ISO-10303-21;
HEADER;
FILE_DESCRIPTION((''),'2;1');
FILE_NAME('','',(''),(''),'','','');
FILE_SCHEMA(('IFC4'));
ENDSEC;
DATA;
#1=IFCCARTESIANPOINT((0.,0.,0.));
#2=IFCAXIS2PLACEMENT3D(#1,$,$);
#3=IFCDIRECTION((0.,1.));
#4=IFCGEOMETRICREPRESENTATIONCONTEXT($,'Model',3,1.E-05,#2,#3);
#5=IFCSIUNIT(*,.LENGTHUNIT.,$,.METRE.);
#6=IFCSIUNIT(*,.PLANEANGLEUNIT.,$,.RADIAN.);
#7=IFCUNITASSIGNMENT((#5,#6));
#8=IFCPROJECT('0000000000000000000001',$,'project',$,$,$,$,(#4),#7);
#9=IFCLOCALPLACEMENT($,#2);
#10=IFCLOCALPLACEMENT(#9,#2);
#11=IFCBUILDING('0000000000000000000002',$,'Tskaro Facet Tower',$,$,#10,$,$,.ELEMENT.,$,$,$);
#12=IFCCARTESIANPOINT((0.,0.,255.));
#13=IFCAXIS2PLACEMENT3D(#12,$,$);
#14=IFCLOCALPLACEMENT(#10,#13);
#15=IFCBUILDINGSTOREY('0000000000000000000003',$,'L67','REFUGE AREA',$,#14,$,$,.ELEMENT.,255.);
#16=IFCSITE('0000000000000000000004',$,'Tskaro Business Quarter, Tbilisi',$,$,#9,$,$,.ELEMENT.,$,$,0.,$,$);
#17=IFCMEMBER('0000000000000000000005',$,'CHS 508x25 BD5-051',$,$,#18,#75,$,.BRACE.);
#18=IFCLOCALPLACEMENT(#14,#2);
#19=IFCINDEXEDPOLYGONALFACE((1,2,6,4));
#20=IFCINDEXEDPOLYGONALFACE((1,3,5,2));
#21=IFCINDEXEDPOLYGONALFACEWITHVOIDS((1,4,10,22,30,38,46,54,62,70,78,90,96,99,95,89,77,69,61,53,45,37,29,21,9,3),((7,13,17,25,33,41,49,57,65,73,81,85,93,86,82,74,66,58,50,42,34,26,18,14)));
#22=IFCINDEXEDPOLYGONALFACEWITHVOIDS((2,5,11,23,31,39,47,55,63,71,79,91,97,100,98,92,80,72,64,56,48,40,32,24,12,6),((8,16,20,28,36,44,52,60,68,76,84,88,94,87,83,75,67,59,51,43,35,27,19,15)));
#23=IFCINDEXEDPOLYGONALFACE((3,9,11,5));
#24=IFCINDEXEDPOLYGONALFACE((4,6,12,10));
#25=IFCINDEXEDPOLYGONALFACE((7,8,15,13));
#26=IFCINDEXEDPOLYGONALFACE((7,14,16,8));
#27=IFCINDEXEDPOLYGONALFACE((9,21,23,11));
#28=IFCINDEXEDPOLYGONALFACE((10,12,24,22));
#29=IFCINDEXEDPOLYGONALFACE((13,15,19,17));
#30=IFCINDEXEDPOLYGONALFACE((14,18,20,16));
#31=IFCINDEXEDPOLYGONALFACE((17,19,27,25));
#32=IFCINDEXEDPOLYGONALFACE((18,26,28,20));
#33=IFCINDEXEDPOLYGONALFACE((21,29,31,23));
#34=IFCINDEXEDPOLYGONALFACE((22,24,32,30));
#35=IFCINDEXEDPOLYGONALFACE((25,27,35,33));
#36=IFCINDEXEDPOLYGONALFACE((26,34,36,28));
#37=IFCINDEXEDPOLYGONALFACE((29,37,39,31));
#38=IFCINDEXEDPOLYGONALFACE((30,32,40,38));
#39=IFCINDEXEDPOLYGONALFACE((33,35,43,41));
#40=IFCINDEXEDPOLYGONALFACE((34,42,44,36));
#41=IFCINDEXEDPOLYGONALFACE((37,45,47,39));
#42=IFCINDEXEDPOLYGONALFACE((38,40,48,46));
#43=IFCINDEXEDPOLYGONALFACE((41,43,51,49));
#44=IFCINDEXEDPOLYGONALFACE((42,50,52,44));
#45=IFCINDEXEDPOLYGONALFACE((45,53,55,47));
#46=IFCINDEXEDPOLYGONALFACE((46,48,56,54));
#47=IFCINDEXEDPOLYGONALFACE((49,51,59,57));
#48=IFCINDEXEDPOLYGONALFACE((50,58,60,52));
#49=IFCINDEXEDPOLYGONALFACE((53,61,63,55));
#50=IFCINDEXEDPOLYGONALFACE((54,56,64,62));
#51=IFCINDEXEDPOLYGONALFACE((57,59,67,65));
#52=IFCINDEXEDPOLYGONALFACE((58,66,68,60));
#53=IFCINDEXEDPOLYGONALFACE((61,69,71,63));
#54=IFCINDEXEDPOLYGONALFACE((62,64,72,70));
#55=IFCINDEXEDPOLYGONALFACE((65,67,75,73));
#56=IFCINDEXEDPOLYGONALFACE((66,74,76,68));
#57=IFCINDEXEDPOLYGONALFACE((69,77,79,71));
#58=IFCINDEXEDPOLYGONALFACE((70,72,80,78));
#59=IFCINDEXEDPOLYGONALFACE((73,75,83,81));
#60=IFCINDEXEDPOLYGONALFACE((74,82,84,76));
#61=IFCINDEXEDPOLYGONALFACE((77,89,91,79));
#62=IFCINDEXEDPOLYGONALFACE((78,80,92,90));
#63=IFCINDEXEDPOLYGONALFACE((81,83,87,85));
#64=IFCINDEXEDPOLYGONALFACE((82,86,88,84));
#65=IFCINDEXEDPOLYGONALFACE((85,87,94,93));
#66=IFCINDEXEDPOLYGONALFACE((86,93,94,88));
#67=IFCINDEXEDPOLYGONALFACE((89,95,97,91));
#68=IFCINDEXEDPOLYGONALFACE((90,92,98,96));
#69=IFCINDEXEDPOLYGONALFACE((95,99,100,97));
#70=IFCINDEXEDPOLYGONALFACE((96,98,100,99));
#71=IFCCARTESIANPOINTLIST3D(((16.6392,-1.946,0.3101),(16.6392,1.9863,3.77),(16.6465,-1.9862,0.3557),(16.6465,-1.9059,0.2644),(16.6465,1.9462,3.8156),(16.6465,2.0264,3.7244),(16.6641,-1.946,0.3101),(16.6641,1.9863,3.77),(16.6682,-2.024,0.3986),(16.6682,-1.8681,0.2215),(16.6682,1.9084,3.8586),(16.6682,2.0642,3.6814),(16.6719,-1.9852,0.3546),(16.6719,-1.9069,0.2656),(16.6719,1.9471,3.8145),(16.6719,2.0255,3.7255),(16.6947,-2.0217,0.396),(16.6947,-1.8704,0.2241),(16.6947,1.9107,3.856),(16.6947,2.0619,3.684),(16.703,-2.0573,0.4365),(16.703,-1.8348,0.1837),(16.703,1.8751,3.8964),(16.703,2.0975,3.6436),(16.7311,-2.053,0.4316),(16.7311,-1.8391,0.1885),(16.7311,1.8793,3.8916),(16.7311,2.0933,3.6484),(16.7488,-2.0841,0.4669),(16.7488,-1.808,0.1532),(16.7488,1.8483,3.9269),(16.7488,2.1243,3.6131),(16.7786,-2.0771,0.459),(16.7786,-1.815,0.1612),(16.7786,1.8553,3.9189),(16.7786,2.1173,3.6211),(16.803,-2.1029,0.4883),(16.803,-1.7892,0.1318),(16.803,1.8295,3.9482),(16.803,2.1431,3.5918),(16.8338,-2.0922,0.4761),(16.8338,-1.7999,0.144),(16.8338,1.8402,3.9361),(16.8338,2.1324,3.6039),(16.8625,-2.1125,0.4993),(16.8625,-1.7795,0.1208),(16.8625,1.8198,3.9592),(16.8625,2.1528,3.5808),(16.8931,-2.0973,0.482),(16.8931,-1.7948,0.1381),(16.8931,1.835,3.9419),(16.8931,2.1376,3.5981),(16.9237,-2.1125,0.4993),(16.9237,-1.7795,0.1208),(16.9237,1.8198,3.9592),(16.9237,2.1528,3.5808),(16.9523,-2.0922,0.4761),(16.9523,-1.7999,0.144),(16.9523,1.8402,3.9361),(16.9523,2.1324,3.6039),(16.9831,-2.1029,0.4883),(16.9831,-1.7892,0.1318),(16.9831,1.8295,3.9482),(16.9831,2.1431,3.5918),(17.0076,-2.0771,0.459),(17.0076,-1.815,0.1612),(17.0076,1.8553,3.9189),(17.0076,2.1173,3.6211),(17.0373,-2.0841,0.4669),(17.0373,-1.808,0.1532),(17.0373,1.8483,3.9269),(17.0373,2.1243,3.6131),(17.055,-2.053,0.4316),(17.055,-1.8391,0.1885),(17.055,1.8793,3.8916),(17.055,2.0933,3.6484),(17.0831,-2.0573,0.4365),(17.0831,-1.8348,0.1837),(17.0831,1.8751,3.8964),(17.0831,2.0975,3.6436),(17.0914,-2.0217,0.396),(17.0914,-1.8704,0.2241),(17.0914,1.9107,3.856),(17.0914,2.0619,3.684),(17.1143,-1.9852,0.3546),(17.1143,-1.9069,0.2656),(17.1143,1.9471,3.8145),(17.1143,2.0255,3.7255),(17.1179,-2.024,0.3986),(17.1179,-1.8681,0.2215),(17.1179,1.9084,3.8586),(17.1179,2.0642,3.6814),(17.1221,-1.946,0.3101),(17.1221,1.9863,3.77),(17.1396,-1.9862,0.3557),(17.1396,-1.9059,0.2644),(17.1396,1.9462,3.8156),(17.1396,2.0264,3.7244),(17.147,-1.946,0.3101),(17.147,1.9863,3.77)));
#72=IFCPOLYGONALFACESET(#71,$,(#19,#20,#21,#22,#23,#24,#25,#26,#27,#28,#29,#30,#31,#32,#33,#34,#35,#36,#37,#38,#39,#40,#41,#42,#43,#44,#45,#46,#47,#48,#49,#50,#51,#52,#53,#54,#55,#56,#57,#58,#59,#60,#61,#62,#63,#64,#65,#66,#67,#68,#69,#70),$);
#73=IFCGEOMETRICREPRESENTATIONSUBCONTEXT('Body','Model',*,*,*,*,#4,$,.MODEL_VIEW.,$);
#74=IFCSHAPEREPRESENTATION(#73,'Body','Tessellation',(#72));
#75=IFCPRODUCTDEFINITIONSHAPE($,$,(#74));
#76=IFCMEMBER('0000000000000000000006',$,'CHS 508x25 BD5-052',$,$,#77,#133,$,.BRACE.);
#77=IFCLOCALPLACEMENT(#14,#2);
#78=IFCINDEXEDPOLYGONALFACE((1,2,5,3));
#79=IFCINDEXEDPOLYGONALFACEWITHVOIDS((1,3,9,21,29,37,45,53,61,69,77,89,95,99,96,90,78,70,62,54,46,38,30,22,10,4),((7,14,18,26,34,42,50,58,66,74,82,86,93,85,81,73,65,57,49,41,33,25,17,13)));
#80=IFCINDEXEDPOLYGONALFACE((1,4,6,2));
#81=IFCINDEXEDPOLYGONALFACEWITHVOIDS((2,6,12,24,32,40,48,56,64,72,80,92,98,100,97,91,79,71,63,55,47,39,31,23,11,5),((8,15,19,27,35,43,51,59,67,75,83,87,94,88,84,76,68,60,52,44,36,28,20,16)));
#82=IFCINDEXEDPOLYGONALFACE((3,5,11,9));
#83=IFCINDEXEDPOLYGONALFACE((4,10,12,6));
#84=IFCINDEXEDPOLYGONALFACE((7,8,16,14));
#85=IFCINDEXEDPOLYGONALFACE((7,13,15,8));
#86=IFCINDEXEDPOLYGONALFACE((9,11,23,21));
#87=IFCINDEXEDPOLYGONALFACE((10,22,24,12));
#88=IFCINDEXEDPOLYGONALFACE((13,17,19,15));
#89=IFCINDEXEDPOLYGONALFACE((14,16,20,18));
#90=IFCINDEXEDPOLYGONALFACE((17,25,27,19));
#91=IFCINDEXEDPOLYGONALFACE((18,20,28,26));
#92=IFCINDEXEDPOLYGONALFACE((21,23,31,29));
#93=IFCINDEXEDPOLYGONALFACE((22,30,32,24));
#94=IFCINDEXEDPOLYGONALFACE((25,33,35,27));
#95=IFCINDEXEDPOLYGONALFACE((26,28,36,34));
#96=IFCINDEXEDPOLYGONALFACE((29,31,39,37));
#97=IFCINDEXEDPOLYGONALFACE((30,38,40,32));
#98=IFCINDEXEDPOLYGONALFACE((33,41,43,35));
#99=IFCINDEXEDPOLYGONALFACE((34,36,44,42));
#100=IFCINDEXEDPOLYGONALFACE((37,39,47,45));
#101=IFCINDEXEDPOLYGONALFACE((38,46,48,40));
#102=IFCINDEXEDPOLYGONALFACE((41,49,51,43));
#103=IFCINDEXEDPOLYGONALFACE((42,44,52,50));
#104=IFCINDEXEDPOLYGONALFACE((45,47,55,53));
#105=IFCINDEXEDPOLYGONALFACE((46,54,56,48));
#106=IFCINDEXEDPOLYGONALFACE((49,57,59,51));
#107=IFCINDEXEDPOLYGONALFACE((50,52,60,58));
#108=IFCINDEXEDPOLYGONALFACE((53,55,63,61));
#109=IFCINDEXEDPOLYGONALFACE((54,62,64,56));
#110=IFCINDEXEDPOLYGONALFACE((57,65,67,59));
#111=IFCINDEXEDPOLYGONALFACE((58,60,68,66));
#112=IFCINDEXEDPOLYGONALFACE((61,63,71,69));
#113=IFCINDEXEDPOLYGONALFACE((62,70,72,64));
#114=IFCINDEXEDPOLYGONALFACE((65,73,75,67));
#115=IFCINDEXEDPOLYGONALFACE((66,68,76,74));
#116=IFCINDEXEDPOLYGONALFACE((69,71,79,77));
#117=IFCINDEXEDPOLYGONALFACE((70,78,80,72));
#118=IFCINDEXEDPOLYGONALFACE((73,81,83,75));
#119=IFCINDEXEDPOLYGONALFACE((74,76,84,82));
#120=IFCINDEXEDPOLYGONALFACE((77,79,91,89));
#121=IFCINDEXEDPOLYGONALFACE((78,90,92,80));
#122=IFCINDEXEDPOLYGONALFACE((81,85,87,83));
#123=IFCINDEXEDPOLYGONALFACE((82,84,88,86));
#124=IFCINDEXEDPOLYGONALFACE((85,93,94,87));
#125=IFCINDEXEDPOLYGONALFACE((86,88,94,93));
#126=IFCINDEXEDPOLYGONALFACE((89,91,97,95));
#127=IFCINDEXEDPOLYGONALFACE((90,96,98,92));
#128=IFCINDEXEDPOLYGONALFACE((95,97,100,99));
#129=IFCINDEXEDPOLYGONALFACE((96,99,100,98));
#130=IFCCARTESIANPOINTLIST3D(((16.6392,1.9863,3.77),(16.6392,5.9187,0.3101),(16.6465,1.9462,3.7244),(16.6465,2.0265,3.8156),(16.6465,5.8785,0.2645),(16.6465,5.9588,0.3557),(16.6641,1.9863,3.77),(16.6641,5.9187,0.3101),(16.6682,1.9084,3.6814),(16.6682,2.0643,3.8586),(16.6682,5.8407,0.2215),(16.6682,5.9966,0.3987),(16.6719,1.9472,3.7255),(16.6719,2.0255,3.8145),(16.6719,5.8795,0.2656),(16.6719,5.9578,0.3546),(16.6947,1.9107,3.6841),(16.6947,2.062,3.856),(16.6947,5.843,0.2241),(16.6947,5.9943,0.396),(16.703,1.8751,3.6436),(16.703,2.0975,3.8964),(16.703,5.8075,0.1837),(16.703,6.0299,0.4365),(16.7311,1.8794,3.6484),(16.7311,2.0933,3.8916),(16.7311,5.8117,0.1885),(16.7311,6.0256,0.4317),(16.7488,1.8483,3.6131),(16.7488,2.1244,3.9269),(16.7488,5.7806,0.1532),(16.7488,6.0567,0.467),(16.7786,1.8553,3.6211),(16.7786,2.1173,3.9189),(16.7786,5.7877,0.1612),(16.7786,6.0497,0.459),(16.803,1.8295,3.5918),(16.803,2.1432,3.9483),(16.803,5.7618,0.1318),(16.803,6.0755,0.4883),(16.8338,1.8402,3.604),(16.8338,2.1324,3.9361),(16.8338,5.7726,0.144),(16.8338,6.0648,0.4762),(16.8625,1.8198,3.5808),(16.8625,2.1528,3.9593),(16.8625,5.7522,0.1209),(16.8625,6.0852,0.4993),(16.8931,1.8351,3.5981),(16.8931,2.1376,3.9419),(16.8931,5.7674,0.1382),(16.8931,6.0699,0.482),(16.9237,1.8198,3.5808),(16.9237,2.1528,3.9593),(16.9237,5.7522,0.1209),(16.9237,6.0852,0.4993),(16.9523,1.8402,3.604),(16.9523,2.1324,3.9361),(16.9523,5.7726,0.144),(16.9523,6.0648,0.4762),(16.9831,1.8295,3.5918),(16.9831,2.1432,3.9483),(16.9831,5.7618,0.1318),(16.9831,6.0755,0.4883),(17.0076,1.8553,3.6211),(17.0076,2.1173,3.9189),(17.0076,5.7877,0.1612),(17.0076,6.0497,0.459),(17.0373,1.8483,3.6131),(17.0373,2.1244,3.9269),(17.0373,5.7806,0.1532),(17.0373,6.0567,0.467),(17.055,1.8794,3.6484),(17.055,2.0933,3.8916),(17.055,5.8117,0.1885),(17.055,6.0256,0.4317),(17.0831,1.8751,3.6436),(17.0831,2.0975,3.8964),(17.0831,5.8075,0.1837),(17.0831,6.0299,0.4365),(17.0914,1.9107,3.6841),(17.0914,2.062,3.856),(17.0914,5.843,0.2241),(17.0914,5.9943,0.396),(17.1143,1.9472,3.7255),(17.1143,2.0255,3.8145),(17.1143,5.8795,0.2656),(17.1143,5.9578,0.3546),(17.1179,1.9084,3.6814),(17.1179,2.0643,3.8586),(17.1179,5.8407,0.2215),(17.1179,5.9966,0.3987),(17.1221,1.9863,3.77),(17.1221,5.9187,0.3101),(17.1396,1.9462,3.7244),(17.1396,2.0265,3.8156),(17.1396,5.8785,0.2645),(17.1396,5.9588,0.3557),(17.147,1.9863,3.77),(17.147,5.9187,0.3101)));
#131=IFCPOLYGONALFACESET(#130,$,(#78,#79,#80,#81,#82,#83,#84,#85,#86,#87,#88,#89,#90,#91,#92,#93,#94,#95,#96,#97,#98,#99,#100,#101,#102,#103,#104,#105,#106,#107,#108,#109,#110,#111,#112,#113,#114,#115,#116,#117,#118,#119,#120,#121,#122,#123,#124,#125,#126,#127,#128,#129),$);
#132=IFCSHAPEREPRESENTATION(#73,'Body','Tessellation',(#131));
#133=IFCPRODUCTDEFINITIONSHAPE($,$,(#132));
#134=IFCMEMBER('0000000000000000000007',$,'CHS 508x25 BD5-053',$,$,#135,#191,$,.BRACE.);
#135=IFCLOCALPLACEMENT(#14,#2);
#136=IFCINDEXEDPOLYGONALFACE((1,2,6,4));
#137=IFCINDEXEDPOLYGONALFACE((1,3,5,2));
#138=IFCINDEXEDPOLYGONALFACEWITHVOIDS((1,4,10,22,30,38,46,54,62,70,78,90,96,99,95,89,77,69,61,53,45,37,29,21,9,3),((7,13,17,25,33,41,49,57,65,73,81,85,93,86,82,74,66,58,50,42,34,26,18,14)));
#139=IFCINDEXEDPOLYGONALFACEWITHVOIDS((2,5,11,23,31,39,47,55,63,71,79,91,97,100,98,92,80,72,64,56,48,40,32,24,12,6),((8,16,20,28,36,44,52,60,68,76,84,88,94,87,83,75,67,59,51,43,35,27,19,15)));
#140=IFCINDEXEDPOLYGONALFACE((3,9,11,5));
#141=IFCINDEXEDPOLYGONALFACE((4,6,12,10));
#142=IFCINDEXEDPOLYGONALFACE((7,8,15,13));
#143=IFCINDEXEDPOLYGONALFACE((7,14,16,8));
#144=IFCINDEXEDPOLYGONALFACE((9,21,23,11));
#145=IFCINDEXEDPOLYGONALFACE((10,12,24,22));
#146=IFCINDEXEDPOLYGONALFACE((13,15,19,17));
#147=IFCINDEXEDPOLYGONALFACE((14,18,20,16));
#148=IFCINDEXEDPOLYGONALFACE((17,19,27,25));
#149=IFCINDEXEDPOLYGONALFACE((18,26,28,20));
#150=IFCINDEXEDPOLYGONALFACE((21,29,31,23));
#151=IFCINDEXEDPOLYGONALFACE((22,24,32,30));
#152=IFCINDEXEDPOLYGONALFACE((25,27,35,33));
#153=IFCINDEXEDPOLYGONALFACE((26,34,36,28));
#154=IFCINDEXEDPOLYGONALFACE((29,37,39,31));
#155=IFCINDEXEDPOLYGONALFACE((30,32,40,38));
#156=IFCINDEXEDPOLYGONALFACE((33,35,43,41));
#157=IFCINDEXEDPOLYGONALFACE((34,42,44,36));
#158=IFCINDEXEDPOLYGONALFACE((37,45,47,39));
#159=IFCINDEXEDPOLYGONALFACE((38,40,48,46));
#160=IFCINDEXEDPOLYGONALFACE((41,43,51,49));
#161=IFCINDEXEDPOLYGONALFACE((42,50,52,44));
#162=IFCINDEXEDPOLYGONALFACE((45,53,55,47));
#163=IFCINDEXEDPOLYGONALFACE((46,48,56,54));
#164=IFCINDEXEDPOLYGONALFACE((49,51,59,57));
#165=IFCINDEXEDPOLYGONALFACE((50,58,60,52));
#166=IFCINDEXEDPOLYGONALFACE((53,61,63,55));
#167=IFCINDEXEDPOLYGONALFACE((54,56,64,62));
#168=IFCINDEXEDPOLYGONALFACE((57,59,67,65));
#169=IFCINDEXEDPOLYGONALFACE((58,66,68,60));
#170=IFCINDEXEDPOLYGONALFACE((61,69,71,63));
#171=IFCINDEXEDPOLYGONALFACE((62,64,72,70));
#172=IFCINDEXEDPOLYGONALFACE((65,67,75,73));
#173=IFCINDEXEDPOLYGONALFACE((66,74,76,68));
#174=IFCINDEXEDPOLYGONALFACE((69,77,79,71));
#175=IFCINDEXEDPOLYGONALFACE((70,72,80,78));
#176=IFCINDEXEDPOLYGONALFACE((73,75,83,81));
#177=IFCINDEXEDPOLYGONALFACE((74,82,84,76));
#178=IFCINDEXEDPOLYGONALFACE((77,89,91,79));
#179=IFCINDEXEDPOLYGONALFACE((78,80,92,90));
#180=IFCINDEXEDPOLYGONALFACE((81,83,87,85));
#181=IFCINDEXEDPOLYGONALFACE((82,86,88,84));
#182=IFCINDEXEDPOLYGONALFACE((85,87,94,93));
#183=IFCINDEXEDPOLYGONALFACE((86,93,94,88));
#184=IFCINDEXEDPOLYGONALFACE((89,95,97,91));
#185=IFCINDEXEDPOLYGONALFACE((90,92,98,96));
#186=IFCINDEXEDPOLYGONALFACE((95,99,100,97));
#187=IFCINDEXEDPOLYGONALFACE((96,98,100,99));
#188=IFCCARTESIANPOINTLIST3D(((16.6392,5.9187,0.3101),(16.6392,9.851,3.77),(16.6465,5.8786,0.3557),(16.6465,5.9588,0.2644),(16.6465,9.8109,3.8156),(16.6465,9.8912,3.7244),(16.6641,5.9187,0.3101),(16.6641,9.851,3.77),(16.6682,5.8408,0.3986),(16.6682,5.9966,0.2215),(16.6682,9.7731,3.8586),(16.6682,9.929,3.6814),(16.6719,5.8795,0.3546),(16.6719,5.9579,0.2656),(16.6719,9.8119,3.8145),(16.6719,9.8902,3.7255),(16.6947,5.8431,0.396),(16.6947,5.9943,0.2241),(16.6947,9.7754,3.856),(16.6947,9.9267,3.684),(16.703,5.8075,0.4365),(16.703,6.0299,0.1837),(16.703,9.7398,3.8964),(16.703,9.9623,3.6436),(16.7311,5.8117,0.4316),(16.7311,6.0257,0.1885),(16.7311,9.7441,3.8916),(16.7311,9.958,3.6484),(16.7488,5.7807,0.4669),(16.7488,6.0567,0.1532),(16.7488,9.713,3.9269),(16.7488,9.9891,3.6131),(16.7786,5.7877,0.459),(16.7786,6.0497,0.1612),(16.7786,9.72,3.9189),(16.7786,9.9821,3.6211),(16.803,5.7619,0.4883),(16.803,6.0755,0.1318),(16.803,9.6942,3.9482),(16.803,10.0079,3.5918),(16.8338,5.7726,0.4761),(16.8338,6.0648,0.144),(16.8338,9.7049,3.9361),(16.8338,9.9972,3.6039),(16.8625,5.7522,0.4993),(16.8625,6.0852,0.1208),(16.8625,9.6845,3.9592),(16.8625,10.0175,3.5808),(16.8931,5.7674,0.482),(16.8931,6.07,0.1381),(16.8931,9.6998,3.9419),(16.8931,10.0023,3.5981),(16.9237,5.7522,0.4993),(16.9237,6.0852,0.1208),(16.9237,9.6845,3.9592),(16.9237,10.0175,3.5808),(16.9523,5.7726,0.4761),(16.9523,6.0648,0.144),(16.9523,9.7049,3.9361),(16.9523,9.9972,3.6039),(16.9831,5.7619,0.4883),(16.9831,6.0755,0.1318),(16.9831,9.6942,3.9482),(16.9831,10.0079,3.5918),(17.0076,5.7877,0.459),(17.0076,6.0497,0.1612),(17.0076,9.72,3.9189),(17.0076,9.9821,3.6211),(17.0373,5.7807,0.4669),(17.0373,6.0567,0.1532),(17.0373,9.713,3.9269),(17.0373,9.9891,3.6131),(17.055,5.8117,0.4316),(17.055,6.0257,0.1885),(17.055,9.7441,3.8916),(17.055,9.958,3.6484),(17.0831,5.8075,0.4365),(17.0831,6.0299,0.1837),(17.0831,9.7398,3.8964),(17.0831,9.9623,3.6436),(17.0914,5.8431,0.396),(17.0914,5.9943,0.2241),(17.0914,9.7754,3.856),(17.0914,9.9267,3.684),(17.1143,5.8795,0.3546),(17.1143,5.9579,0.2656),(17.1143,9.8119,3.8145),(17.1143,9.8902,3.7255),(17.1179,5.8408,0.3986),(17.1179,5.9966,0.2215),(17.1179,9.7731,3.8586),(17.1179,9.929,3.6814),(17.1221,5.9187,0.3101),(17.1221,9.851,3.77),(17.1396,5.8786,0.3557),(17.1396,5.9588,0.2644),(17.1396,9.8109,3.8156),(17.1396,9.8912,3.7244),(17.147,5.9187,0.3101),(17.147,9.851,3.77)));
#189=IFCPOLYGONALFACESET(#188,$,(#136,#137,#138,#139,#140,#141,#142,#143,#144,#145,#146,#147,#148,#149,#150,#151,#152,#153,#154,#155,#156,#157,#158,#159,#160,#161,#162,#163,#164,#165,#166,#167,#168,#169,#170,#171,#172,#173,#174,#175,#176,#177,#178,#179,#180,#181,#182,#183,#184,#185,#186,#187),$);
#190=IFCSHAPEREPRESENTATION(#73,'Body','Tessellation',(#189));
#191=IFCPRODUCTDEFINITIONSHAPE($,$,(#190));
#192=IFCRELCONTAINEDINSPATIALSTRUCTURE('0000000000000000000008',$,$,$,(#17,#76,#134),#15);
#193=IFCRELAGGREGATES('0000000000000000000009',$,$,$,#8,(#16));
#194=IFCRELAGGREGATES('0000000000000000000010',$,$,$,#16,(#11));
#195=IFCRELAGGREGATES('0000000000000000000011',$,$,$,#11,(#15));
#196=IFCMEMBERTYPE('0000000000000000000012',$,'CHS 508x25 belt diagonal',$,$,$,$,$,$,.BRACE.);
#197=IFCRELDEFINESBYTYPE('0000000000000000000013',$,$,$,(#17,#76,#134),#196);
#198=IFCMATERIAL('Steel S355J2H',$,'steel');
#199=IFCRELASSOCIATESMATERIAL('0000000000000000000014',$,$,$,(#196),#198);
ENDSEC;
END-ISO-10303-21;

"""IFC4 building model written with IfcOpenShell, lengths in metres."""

from ifc_helpers import new_model, si_unit, direction, frame, origin, origin_2d, place, context, subcontext, project, spatial, hollow_circle, extrude, material, material_profile, profile_set, type_object, element, save


model = new_model("IFC4")

# Units and contexts
model_context = context("Model", 3, precision=1e-05, world=origin(), true_north=direction((0.0, 1.0)))
body_context = subcontext(model_context, "Body", "Model", "MODEL_VIEW")
ifc_project = project(units=[si_unit("LENGTHUNIT", "METRE"), si_unit("PLANEANGLEUNIT", "RADIAN")], contexts=[model_context])

# Site, building, storey
site_placement = place(None, origin())
site = spatial("IfcSite", under=ifc_project, at=site_placement, Name="Tskaro Business Quarter, Tbilisi", CompositionType="ELEMENT", RefElevation=0.0)
building_placement = place(site_placement, origin())
building = spatial("IfcBuilding", under=site, at=building_placement, Name="Tskaro Facet Tower", CompositionType="ELEMENT")
storey_placement = place(building_placement, frame((0.0, 0.0, 255.0)))
storey = spatial("IfcBuildingStorey", under=building, at=storey_placement, Name="L67", Description="REFUGE AREA", CompositionType="ELEMENT", Elevation=255.0)

# Shared definitions
ifc_material_1 = material(Name="Steel S355J2H", Category="steel")

# Members
ifc_material_profile_1 = material_profile(ifc_material_1, hollow_circle(Radius=0.2539, WallThickness=0.0249, at=origin_2d()), Name="CHS 508x25")
ifc_profile_set_1 = profile_set([ifc_material_profile_1], Name="Steel S355J2H")
member_type_1 = type_object("IfcMemberType", Name="CHS 508x25 belt diagonal", PredefinedType="BRACE", material=ifc_profile_set_1)
for number, where, z_axis, x_axis, name in (
    (1, (16.8931, -1.946, 0.3101), (0.0, 0.750763, 0.660571), (-1.0, 0.0, 0.0), "CHS 508x25 BD5-051"),
    (2, (16.8931, 1.9863, 3.77), (0.0, 0.750763, -0.660571), (-1.0, 0.0, 0.0), "CHS 508x25 BD5-052"),
    (3, (16.8931, 5.9187, 0.3101), (0.0, 0.750763, 0.660571), (-1.0, 0.0, 0.0), "CHS 508x25 BD5-053"),
):
    element("IfcMember", number, at=place(storey_placement, frame(where, z_axis=z_axis, x_axis=x_axis)), inside=storey, type_object=member_type_1, Name=name, PredefinedType="BRACE", context=body_context, shape_type="SweptSolid", body=[
        extrude(hollow_circle(Radius=0.2539, WallThickness=0.0249, at=origin_2d()), origin(), (0.0, 0.0, 1.0), 5.2378),
    ])

save(model, "model.ifc")
